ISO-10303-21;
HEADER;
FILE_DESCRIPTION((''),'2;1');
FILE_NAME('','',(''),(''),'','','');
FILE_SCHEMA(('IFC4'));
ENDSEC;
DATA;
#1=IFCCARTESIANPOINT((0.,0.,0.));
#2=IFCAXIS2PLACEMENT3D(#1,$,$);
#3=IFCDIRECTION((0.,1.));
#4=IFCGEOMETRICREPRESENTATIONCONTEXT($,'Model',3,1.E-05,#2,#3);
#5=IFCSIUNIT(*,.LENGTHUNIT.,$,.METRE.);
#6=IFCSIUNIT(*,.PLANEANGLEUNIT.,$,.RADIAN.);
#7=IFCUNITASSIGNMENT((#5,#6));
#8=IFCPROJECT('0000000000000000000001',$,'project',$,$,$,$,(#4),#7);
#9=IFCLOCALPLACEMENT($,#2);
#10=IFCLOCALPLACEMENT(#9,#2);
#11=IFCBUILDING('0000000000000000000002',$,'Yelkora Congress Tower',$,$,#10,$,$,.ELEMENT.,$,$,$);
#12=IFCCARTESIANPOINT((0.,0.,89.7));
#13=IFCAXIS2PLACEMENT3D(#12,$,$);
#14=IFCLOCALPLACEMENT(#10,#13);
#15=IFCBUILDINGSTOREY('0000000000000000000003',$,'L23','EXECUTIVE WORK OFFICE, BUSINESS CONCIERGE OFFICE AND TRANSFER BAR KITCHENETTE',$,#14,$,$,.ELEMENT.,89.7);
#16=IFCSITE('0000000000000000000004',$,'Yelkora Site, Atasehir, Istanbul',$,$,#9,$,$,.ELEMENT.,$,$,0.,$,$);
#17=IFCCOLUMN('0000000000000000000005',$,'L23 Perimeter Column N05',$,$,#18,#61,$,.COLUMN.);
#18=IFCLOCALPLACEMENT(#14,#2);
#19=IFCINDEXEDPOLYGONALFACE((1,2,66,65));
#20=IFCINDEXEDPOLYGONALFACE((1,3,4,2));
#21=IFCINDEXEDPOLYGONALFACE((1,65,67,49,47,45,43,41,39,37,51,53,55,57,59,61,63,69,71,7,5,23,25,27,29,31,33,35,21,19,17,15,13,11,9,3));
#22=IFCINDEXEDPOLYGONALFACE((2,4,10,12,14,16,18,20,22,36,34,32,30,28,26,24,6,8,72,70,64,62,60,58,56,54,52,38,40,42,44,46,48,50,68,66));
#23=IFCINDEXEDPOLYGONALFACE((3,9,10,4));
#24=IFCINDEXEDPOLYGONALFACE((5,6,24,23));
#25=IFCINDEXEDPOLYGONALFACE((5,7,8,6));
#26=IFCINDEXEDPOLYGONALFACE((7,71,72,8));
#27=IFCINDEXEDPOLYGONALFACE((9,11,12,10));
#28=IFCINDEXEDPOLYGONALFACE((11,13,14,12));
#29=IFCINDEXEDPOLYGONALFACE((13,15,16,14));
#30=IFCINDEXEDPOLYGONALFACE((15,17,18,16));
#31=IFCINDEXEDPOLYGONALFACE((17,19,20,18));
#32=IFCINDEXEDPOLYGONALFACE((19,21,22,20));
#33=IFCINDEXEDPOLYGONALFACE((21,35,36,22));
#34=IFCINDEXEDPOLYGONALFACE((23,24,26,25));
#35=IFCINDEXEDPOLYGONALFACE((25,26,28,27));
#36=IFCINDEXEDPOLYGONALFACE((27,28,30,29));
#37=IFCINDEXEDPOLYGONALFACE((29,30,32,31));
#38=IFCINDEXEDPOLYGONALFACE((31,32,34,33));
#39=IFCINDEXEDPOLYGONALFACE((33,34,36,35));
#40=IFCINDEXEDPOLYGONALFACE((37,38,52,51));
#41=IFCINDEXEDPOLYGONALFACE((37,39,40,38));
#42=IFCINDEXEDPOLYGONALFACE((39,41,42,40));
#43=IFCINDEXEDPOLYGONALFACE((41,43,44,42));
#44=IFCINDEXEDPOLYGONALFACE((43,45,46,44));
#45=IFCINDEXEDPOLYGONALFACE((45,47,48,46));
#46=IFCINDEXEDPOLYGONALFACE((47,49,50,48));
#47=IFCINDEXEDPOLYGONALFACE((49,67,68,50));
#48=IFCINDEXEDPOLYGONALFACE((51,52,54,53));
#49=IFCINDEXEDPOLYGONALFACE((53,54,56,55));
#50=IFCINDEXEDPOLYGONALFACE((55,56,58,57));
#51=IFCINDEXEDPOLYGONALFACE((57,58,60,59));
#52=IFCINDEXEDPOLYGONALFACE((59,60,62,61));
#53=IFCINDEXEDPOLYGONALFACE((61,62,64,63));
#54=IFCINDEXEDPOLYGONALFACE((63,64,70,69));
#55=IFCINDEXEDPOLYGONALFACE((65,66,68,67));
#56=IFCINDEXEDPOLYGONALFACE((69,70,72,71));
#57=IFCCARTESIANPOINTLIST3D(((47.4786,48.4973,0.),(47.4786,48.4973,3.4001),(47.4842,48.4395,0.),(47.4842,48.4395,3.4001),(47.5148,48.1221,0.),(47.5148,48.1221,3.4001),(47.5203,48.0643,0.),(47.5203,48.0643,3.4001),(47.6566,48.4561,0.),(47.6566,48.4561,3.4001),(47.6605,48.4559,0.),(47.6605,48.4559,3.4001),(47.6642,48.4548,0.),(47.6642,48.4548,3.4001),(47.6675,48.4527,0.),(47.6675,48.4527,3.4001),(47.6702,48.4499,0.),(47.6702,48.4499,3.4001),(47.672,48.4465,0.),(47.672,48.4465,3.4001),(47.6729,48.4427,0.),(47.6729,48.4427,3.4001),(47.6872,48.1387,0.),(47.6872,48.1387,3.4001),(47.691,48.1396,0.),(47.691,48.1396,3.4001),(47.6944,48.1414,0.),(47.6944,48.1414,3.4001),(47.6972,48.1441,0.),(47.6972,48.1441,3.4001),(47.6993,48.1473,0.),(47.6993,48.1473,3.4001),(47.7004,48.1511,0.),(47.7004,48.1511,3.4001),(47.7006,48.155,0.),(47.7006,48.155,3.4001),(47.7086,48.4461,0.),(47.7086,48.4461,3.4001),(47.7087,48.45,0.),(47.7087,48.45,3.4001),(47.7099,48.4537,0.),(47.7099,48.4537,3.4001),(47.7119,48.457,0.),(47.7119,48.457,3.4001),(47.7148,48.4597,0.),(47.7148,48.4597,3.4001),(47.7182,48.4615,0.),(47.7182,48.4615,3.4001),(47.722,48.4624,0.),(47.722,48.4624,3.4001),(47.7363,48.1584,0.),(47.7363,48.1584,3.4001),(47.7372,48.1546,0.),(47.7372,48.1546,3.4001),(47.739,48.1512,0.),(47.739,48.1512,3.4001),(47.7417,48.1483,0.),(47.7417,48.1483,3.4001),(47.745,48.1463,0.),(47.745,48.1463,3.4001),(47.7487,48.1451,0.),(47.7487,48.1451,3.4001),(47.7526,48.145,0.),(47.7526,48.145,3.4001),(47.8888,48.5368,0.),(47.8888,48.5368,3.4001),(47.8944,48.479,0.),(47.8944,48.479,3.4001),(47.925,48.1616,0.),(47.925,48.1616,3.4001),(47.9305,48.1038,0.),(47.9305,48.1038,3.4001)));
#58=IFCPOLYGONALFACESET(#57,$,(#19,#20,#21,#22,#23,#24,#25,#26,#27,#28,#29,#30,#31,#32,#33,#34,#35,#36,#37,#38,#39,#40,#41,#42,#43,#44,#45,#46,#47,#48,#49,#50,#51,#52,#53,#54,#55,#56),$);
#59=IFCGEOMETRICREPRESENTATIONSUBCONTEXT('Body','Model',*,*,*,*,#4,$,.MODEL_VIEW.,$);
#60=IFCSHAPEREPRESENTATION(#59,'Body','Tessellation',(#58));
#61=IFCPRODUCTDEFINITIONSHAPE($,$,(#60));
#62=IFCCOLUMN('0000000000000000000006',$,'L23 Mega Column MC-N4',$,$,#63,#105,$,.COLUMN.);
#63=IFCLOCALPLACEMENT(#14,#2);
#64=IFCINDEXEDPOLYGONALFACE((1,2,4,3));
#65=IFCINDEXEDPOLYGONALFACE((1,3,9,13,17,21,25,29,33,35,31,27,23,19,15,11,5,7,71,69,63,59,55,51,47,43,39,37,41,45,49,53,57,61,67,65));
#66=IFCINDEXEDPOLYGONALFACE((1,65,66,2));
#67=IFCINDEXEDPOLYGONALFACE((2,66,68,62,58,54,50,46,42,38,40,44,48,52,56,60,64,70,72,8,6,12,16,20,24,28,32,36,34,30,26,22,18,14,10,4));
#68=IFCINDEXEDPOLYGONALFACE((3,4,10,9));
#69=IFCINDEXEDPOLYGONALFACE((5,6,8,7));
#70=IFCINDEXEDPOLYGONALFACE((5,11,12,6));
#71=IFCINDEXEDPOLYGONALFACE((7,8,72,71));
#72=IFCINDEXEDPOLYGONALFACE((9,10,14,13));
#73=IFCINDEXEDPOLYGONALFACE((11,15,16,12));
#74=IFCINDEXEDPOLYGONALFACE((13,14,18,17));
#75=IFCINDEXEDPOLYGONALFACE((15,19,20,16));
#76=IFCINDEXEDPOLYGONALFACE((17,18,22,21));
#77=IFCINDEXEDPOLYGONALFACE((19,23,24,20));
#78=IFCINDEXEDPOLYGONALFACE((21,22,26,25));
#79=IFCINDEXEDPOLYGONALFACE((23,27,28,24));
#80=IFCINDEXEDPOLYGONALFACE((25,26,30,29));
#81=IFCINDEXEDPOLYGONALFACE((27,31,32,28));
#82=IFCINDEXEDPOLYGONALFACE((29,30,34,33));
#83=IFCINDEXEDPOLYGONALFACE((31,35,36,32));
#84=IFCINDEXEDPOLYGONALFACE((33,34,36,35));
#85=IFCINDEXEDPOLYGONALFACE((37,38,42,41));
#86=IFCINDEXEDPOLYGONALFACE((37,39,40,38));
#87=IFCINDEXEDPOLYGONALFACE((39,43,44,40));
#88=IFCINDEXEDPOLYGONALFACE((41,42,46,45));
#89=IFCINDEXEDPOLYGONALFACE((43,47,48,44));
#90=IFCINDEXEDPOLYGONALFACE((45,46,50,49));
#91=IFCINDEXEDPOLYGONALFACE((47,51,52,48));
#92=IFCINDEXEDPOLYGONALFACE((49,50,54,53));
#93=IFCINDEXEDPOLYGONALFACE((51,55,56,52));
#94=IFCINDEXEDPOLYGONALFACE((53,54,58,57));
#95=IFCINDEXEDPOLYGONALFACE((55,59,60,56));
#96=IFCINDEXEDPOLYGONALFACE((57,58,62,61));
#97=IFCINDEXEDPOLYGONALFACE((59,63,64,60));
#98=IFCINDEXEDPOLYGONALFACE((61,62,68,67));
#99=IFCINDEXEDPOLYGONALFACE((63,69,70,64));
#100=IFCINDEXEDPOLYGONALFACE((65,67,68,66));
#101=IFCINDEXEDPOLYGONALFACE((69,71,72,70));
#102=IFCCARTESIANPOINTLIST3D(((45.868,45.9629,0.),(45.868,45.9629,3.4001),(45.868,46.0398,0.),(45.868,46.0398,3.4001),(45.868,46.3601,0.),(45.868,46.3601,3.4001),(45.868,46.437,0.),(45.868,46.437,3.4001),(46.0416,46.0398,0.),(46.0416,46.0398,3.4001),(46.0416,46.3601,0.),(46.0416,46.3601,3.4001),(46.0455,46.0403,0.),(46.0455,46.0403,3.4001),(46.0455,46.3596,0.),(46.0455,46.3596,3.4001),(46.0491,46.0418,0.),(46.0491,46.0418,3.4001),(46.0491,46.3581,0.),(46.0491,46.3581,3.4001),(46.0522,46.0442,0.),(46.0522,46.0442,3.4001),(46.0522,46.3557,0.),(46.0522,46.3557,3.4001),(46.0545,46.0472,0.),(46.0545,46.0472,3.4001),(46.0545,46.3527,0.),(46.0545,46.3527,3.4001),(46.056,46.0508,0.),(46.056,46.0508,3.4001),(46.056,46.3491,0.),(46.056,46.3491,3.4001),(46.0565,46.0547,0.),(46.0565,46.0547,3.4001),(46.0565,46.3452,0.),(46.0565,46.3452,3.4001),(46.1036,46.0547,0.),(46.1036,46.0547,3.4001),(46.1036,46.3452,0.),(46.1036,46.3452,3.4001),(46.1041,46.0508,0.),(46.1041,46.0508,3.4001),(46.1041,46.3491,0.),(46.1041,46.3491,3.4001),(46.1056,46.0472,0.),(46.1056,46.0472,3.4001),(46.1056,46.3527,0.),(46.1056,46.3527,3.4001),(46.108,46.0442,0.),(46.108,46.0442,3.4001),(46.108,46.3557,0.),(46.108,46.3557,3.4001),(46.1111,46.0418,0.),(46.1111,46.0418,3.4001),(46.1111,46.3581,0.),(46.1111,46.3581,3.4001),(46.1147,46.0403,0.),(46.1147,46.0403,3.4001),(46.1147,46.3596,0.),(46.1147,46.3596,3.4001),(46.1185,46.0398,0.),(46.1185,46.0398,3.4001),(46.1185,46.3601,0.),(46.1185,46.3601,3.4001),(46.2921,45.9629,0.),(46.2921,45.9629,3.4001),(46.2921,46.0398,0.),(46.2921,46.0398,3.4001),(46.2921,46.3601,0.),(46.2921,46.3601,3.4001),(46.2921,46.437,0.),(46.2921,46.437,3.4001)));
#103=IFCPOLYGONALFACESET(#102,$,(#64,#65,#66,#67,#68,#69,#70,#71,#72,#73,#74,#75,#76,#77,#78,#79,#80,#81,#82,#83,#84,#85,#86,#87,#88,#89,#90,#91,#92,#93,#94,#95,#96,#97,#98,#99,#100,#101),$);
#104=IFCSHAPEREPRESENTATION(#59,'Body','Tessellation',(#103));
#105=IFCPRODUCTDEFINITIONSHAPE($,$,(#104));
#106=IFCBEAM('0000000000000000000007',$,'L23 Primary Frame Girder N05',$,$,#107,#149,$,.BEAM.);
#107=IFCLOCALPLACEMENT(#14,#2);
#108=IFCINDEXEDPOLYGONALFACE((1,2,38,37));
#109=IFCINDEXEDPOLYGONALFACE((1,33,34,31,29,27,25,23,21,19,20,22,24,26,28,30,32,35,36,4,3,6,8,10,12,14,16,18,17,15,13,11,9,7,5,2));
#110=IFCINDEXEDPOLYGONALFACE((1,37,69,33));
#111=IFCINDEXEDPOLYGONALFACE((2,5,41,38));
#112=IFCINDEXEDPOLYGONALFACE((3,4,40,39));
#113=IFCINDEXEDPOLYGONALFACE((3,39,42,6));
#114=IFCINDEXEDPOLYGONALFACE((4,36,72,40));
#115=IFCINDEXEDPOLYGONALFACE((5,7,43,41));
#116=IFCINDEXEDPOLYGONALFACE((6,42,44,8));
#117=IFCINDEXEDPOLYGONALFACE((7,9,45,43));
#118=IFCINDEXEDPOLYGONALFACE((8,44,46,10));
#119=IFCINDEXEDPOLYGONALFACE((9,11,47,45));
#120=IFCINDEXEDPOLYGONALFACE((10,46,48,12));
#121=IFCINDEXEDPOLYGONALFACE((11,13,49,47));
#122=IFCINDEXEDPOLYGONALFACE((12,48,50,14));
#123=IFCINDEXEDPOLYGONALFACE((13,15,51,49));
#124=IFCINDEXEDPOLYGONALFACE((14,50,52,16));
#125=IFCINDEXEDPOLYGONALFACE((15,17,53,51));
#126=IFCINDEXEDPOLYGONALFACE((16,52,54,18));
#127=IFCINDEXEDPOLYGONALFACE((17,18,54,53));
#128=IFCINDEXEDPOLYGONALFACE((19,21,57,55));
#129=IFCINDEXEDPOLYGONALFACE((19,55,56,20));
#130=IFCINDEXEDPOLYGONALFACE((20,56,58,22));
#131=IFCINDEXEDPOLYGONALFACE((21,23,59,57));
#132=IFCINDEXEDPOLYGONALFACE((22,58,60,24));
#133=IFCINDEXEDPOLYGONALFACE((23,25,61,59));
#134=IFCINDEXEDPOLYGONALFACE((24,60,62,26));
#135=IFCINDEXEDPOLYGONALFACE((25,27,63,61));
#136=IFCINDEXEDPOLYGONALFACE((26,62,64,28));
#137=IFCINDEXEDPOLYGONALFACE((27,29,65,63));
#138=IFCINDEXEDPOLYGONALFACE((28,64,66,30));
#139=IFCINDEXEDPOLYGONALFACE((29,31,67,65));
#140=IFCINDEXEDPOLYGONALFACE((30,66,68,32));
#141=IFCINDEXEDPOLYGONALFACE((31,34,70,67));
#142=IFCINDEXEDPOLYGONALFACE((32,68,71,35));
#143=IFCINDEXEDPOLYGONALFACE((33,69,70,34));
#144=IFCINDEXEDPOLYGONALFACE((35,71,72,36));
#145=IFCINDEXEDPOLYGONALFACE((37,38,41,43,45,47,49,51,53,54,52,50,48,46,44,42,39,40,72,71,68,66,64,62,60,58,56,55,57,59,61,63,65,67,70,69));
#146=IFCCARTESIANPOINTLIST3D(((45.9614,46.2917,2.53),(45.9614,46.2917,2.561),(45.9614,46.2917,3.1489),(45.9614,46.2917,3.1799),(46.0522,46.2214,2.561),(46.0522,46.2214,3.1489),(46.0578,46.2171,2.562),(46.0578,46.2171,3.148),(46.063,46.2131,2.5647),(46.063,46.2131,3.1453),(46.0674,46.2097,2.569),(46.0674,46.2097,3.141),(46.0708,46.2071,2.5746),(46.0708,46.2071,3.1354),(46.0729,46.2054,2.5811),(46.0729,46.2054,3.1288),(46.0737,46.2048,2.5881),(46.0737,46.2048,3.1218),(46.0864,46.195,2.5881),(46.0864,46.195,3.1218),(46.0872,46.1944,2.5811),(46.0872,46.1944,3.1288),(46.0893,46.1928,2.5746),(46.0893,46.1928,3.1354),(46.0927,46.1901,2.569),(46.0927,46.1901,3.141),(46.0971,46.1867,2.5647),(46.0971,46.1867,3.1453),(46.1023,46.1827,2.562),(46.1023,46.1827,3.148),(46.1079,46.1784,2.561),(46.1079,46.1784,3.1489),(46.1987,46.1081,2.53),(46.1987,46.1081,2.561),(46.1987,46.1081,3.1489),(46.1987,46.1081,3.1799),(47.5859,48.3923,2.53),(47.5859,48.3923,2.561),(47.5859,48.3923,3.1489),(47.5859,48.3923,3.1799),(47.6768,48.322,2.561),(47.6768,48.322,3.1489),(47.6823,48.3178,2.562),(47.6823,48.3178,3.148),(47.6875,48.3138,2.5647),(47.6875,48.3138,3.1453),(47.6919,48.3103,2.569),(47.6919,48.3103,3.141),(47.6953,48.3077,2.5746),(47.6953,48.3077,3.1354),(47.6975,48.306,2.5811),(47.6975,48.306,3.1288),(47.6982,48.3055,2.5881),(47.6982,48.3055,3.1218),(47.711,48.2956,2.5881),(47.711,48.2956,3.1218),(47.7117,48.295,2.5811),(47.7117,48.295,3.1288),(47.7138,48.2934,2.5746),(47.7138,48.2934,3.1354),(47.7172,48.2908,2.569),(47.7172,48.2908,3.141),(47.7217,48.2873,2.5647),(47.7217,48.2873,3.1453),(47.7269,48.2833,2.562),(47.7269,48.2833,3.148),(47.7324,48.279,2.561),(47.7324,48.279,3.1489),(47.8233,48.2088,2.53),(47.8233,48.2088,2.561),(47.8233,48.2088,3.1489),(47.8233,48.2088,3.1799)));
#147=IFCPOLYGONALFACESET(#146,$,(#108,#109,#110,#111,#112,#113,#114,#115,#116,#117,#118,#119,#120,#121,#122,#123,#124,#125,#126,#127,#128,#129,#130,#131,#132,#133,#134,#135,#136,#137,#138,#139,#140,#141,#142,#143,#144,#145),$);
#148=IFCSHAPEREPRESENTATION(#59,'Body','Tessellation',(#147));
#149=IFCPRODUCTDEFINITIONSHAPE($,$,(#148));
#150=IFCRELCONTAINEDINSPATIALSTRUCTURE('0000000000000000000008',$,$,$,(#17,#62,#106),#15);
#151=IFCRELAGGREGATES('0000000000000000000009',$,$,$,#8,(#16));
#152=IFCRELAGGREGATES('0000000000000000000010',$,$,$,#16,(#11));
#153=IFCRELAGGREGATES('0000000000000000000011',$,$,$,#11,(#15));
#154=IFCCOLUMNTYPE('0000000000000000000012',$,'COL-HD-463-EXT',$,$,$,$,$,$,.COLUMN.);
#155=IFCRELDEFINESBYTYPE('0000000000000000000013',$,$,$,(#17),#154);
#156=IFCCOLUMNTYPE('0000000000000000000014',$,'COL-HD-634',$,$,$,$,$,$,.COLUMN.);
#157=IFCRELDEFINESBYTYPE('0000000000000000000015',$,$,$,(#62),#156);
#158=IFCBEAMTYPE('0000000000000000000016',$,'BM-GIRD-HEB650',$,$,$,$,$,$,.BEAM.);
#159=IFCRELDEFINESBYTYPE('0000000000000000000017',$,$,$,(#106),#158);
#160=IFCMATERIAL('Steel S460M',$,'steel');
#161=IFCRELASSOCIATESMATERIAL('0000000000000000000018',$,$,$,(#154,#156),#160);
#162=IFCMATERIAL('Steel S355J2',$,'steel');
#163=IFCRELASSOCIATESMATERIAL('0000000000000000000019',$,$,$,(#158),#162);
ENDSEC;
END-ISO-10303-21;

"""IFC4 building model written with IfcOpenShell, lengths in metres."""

from ifc_helpers import new_model, si_unit, direction, frame, origin, origin_2d, place, context, subcontext, project, spatial, i_section, extrude, material, material_profile, profile_set, type_object, element, save


model = new_model("IFC4")

# Units and contexts
model_context = context("Model", 3, precision=1e-05, world=origin(), true_north=direction((0.0, 1.0)))
body_context = subcontext(model_context, "Body", "Model", "MODEL_VIEW")
ifc_project = project(units=[si_unit("LENGTHUNIT", "METRE"), si_unit("PLANEANGLEUNIT", "RADIAN")], contexts=[model_context])

# Site, building, storey
site_placement = place(None, origin())
site = spatial("IfcSite", under=ifc_project, at=site_placement, Name="Yelkora Site, Atasehir, Istanbul", CompositionType="ELEMENT", RefElevation=0.0)
building_placement = place(site_placement, origin())
building = spatial("IfcBuilding", under=site, at=building_placement, Name="Yelkora Congress Tower", CompositionType="ELEMENT")
storey_placement = place(building_placement, frame((0.0, 0.0, 89.7)))
storey = spatial("IfcBuildingStorey", under=building, at=storey_placement, Name="L23", Description="EXECUTIVE WORK OFFICE, BUSINESS CONCIERGE OFFICE AND TRANSFER BAR KITCHENETTE", CompositionType="ELEMENT", Elevation=89.7)

# Columns
ifc_material_1 = material(Name="Steel S460M", Category="steel")
ifc_material_profile_1 = material_profile(ifc_material_1, i_section(OverallWidth=0.4121, OverallDepth=0.4351, WebThickness=0.0359, FlangeThickness=0.0581, FilletRadius=0.0149, at=origin_2d()), Name="HD 400x463")
ifc_profile_set_1 = profile_set([ifc_material_profile_1], Name="Steel S460M")
column_type_1 = type_object("IfcColumnType", Name="COL-HD-463-EXT", PredefinedType="COLUMN", material=ifc_profile_set_1)
column_1_placement = place(storey_placement, frame((47.7046, 48.3005, 0.0), z_axis=(0.0, 0.0, 1.0), x_axis=(0.995396, 0.095846, 0.0)))
element("IfcColumn", 1, at=column_1_placement, inside=storey, type_object=column_type_1, Name="L23 Perimeter Column N05", PredefinedType="COLUMN", context=body_context, shape_type="SweptSolid", body=[
    extrude(i_section(OverallWidth=0.4121, OverallDepth=0.4351, WebThickness=0.0359, FlangeThickness=0.0581, FilletRadius=0.0149, at=origin_2d()), origin(), (0.0, 0.0, 1.0), 3.4001),
])
ifc_material_profile_2 = material_profile(ifc_material_1, i_section(OverallWidth=0.4241, OverallDepth=0.4741, WebThickness=0.0471, FlangeThickness=0.0769, FilletRadius=0.0149, at=origin_2d()), Name="HD 400x634")
ifc_profile_set_2 = profile_set([ifc_material_profile_2], Name="Steel S460M")
column_type_2 = type_object("IfcColumnType", Name="COL-HD-634", PredefinedType="COLUMN", material=ifc_profile_set_2)
column_2_placement = place(storey_placement, frame((46.0801, 46.2, 0.0), z_axis=(0.0, 0.0, 1.0), x_axis=(1.0, 0.0, 0.0)))
element("IfcColumn", 2, at=column_2_placement, inside=storey, type_object=column_type_2, Name="L23 Mega Column MC-N4", PredefinedType="COLUMN", context=body_context, shape_type="SweptSolid", body=[
    extrude(i_section(OverallWidth=0.4241, OverallDepth=0.4741, WebThickness=0.0471, FlangeThickness=0.0769, FilletRadius=0.0149, at=origin_2d()), origin(), (0.0, 0.0, 1.0), 3.4001),
])

# Beam
ifc_material_2 = material(Name="Steel S355J2", Category="steel")
ifc_material_profile_3 = material_profile(ifc_material_2, i_section(OverallWidth=0.3, OverallDepth=0.6499, WebThickness=0.0161, FlangeThickness=0.031, FilletRadius=0.0271, at=origin_2d()), Name="HEB 650")
ifc_profile_set_3 = profile_set([ifc_material_profile_3], Name="Steel S355J2")
beam_type_1 = type_object("IfcBeamType", Name="BM-GIRD-HEB650", PredefinedType="BEAM", material=ifc_profile_set_3)
beam_1_placement = place(storey_placement, frame((47.7046, 48.3005, 2.855), z_axis=(-0.611761, -0.791042, 0.0), x_axis=(0.791042, -0.611761, 0.0)))
element("IfcBeam", 3, at=beam_1_placement, inside=storey, type_object=beam_type_1, Name="L23 Primary Frame Girder N05", PredefinedType="BEAM", context=body_context, shape_type="SweptSolid", body=[
    extrude(i_section(OverallWidth=0.3, OverallDepth=0.6499, WebThickness=0.0161, FlangeThickness=0.031, FilletRadius=0.0271, at=origin_2d()), origin(), (0.0, 0.0, 1.0), 2.6555),
])

save(model, "model.ifc")
